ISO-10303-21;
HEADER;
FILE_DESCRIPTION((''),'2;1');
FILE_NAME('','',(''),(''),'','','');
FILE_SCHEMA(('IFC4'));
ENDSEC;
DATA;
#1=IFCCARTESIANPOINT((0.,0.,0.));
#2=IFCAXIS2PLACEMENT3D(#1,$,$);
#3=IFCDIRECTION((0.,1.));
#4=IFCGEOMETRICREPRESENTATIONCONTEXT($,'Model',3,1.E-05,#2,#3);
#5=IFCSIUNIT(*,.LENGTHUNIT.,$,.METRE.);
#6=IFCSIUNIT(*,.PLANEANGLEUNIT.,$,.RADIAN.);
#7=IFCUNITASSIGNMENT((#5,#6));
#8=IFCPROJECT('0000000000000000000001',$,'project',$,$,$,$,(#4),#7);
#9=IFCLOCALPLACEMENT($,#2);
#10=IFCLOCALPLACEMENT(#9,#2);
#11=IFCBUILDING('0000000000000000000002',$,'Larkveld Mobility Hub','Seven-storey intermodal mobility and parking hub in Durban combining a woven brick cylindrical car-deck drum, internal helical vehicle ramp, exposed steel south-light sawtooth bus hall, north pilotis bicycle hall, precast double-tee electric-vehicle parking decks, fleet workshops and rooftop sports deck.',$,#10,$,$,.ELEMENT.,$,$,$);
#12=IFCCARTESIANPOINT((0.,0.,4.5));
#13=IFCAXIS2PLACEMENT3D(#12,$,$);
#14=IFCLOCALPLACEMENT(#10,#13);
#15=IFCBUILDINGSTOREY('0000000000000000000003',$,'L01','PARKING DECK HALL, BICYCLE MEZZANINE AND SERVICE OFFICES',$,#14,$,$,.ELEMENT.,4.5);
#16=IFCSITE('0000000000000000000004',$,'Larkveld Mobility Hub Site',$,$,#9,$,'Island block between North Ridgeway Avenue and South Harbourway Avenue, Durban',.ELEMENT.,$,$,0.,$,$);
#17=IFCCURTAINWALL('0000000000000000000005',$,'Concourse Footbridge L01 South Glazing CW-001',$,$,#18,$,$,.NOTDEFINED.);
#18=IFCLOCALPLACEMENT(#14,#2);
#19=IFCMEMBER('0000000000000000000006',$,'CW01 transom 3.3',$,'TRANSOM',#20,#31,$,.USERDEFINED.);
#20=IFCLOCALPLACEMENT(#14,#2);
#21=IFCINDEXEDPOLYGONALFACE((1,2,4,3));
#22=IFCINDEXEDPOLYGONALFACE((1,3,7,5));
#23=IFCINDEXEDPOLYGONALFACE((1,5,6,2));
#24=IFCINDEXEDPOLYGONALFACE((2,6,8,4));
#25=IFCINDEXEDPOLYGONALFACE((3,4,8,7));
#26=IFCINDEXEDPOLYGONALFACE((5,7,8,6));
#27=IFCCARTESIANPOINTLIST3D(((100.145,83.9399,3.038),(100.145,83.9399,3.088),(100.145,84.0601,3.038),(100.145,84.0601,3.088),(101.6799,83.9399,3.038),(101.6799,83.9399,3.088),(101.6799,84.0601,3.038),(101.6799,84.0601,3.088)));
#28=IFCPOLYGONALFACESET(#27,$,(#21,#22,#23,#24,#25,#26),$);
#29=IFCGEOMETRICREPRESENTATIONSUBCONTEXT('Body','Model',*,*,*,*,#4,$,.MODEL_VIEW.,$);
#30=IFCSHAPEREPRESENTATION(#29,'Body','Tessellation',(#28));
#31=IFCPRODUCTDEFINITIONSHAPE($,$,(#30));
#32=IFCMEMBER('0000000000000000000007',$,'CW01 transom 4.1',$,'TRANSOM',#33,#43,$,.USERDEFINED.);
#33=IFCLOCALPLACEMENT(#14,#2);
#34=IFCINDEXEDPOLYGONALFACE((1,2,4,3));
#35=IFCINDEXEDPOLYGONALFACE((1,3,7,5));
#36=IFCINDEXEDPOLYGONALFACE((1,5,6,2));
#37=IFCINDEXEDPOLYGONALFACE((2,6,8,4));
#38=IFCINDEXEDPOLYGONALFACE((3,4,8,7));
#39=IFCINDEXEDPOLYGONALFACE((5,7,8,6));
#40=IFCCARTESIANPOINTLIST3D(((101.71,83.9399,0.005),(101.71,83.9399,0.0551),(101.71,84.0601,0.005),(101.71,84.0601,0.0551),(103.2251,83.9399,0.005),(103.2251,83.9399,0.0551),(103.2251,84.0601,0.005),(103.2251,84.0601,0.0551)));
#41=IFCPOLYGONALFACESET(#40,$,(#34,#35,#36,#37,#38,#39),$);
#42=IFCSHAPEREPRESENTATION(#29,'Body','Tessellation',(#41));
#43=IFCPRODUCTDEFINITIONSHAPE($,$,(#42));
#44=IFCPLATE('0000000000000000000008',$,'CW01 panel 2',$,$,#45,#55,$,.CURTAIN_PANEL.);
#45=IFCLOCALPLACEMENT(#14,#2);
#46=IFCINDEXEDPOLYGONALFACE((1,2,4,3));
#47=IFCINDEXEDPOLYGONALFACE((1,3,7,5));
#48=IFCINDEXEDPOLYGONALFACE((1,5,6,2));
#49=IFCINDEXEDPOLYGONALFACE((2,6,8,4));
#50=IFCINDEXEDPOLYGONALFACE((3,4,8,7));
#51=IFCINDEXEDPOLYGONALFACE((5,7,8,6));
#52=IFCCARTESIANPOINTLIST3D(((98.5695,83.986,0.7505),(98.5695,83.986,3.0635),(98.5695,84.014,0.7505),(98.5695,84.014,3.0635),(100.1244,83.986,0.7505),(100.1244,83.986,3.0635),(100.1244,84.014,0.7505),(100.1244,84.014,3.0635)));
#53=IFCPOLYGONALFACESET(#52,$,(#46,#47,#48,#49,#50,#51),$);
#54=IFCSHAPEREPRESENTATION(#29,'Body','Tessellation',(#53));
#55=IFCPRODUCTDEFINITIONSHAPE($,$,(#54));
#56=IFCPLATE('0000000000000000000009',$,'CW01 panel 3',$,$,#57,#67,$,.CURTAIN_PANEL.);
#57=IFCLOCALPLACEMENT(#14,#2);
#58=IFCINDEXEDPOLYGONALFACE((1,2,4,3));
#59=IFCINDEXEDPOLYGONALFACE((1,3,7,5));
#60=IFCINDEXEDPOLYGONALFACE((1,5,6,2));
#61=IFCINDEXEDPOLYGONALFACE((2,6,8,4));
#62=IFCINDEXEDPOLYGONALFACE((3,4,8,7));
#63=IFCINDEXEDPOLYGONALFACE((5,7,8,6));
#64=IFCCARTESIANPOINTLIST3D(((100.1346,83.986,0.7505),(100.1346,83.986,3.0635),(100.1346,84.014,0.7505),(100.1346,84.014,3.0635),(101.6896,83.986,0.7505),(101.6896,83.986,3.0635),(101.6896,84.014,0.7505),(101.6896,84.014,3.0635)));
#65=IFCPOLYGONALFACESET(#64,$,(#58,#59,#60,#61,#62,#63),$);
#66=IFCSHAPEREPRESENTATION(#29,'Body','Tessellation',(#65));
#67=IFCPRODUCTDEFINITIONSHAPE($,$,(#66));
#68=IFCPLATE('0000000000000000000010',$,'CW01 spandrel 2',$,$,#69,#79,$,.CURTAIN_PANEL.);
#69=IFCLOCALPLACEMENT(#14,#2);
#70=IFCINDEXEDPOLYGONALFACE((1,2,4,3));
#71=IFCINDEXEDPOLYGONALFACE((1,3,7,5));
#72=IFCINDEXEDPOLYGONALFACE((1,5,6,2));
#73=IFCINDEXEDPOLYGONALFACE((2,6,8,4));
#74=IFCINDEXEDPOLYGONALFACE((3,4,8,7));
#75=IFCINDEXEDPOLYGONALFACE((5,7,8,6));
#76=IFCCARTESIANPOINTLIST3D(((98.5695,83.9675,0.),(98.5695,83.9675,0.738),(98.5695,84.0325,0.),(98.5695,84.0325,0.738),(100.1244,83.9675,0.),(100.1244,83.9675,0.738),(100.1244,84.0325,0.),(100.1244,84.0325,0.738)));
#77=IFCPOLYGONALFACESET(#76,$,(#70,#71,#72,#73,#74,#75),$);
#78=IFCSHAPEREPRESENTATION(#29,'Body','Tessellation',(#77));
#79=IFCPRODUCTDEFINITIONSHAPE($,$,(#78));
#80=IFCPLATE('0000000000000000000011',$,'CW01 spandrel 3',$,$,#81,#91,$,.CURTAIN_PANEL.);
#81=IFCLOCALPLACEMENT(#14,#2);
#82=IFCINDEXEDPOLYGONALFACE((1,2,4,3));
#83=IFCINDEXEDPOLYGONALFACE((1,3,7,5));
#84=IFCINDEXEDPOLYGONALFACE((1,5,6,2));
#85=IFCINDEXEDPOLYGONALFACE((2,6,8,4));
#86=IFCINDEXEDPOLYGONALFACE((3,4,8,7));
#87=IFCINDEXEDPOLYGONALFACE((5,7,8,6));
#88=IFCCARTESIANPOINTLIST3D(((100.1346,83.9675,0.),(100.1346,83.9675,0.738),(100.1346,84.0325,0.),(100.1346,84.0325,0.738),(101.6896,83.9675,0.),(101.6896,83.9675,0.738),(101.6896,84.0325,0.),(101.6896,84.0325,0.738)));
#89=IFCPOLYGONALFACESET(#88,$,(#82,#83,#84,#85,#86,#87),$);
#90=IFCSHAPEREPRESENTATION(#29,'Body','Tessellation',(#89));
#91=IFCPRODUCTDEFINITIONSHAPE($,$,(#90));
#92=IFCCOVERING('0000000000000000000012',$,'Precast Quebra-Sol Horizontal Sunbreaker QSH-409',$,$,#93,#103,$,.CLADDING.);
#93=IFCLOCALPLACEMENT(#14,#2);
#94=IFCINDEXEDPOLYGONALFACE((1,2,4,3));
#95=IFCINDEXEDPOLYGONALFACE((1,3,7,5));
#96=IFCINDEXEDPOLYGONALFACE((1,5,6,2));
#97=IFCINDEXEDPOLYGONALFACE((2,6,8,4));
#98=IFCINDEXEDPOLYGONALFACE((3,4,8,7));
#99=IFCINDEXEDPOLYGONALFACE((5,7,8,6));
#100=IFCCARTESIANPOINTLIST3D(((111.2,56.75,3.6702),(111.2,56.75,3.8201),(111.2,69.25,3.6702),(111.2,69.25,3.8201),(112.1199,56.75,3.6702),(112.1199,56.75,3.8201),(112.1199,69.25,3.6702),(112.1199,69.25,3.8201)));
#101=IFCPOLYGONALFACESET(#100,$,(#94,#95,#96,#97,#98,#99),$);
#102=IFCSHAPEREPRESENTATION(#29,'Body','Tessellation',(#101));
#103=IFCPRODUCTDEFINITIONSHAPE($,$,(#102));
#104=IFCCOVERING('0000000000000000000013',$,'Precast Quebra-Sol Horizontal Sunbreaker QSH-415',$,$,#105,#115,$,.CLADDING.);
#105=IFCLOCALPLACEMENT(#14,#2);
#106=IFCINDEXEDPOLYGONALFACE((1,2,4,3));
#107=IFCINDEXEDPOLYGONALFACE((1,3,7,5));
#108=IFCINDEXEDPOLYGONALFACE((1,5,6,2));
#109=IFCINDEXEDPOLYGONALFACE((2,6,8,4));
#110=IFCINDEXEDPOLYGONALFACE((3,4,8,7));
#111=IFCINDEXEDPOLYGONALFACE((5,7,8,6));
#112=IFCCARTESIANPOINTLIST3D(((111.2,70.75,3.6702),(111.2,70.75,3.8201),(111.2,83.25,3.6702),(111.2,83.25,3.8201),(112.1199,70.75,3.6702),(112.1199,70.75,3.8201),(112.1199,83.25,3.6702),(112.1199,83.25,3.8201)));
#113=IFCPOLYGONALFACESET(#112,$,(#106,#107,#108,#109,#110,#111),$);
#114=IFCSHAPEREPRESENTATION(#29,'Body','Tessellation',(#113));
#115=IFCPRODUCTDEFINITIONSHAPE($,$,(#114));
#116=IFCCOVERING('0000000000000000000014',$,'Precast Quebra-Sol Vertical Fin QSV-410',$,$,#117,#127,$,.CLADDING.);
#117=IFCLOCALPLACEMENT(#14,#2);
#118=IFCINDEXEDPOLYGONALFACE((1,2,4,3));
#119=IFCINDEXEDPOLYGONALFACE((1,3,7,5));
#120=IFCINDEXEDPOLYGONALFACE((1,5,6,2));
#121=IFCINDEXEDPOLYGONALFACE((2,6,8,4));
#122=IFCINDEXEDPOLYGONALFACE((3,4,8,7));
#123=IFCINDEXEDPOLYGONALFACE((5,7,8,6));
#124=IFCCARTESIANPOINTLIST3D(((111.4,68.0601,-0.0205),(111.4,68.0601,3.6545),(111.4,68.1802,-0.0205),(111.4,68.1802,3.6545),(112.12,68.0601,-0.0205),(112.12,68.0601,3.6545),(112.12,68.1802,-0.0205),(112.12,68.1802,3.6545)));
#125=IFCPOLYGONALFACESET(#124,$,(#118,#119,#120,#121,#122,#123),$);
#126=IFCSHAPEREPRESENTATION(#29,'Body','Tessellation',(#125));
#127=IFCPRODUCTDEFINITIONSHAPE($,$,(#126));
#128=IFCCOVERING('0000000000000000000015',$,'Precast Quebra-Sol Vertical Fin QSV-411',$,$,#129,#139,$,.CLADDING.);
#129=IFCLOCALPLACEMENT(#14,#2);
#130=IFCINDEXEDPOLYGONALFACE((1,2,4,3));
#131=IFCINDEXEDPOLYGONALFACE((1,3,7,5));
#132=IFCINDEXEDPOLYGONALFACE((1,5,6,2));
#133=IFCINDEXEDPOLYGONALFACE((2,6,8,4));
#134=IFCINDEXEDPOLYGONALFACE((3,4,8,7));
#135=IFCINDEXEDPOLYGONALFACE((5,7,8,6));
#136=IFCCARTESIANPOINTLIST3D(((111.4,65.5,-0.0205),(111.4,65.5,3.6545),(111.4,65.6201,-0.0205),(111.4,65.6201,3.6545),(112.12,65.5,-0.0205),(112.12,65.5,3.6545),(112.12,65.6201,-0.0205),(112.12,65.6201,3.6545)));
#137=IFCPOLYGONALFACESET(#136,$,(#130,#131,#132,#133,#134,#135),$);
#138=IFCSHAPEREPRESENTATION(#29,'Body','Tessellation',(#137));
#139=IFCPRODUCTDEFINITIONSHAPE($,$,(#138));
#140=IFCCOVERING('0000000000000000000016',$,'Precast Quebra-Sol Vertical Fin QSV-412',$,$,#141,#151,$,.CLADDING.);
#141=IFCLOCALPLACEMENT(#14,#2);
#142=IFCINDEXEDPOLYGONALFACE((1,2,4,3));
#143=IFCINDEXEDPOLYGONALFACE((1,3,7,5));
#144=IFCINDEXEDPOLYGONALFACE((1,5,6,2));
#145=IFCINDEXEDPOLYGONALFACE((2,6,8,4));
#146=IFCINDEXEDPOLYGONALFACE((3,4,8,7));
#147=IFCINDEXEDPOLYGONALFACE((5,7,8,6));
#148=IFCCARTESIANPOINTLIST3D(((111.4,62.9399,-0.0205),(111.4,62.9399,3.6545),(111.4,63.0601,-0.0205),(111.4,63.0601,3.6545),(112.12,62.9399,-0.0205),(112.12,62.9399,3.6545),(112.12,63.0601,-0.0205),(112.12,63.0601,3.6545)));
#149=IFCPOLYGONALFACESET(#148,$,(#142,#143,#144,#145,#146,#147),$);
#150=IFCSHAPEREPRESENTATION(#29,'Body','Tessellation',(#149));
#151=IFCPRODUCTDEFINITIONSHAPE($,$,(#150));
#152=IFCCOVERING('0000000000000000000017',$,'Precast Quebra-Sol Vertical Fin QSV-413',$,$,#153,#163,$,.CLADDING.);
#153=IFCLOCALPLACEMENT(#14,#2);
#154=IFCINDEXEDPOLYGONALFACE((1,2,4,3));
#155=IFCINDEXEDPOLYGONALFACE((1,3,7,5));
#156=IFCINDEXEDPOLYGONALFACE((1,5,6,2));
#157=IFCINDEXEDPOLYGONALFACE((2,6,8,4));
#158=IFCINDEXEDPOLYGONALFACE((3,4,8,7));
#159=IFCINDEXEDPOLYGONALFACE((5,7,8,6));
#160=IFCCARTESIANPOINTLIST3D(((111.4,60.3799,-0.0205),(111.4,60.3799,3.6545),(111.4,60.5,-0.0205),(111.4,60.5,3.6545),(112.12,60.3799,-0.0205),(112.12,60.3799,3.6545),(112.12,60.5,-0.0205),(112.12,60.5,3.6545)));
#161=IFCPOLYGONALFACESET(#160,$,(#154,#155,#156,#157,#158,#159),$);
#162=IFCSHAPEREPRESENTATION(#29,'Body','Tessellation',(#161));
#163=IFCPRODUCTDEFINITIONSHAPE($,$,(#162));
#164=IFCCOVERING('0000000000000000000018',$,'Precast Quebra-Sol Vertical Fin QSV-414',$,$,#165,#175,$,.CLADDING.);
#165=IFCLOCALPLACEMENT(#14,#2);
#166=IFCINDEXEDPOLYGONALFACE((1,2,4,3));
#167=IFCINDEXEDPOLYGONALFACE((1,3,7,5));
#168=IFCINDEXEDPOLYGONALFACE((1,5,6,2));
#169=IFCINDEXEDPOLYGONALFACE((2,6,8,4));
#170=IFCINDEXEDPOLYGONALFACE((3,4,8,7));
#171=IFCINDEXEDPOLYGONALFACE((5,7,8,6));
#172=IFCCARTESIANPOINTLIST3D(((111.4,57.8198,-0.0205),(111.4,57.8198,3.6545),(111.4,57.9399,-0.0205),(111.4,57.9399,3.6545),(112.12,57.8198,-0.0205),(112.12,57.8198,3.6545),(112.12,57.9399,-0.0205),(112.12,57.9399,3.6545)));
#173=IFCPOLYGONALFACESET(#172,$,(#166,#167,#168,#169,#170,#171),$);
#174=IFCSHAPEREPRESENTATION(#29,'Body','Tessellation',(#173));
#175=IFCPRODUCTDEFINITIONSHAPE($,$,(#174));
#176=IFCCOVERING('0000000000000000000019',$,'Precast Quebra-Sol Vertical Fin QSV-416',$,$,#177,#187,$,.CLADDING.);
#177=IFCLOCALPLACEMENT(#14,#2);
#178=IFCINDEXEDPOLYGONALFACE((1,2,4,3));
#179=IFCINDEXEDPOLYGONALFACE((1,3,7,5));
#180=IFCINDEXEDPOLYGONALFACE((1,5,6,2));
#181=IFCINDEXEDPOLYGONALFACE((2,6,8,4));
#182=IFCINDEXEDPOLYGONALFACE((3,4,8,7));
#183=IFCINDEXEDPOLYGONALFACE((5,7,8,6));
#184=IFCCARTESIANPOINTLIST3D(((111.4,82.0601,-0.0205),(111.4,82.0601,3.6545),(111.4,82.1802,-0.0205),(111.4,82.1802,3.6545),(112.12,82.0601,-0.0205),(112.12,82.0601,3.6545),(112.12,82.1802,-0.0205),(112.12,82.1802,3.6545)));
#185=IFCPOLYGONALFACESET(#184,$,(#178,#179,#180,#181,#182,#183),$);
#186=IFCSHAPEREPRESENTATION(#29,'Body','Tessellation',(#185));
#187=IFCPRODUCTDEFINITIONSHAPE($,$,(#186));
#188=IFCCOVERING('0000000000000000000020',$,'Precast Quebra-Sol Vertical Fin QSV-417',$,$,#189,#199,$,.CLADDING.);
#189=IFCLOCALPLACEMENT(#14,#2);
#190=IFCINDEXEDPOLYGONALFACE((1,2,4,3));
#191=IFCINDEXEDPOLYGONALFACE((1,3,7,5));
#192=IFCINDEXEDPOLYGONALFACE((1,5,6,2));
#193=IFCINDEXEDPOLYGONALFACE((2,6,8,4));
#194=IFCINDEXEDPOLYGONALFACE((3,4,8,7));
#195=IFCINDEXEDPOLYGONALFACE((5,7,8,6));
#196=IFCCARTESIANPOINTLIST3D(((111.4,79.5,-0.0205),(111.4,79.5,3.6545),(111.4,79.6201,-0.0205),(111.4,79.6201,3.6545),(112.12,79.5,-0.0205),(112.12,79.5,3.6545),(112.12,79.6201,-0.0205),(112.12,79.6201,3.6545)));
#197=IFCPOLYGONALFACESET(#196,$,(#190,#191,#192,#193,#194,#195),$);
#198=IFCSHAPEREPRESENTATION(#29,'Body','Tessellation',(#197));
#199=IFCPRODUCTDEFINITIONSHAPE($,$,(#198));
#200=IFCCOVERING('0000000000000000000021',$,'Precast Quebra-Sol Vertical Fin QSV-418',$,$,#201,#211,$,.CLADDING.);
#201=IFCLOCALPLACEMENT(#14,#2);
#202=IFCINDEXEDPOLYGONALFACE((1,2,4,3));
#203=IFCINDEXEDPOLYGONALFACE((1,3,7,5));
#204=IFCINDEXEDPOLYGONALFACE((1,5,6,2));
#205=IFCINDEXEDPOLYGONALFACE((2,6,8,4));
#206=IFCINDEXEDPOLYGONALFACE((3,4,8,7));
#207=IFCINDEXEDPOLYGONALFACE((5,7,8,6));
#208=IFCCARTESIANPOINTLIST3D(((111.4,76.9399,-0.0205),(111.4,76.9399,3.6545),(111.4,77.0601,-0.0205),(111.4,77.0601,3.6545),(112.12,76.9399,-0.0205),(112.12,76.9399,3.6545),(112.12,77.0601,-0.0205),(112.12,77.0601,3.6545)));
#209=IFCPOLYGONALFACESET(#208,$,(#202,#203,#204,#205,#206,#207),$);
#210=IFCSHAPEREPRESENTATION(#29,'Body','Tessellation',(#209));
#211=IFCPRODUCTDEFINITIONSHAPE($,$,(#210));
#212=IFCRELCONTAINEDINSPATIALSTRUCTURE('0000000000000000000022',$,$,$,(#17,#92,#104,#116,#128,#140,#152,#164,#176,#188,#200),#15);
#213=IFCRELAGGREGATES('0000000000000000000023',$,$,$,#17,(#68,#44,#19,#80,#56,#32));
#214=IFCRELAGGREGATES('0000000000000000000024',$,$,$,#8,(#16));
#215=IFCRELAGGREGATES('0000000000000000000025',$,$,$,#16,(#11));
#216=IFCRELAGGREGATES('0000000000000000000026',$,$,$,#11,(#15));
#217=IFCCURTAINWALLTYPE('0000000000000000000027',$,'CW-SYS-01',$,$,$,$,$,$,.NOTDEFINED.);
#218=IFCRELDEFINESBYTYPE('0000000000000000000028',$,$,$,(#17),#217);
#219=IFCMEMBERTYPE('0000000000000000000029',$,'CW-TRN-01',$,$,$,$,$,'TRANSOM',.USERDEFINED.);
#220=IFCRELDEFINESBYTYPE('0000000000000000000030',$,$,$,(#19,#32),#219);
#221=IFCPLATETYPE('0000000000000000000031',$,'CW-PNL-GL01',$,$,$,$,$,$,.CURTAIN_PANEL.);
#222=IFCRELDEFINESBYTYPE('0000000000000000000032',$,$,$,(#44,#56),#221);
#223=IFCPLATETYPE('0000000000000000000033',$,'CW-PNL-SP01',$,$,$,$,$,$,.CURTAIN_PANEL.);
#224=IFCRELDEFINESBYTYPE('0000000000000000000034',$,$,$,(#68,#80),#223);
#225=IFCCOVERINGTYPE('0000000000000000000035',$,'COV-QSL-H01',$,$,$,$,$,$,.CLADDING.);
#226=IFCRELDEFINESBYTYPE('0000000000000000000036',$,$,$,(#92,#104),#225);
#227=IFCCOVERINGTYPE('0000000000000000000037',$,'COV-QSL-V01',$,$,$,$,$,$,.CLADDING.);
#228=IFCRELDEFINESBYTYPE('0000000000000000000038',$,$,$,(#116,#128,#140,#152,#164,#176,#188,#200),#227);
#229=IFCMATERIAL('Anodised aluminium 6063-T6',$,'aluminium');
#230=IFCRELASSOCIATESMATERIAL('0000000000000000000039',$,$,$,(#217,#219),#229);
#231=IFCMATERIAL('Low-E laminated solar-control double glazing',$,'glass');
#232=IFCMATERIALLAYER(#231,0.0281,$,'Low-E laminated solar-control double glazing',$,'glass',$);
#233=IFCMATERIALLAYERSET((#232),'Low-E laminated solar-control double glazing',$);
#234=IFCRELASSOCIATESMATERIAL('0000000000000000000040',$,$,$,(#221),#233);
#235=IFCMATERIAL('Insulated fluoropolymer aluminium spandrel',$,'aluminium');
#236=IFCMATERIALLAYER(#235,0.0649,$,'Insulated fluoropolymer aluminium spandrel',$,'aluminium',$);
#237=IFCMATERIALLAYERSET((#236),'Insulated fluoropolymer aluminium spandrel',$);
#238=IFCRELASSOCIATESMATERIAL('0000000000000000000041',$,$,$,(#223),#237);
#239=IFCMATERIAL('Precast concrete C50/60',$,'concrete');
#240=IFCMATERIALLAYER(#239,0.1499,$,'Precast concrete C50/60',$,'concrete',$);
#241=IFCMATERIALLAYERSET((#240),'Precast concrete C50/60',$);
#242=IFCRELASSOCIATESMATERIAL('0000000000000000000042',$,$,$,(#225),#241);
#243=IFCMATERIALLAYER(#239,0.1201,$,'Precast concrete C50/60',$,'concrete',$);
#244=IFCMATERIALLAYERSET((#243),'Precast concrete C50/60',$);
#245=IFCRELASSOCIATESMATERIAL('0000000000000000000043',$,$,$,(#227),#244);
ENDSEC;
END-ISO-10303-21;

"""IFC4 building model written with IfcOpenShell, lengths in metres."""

from ifc_helpers import new_model, si_unit, direction, frame, origin, origin_2d, place, context, subcontext, project, spatial, rectangle, extrude, material, layer, layer_set, material_profile, profile_set, type_object, element, aggregate, save


model = new_model("IFC4")

# Units and contexts
model_context = context("Model", 3, precision=1e-05, world=origin(), true_north=direction((0.0, 1.0)))
body_context = subcontext(model_context, "Body", "Model", "MODEL_VIEW")
ifc_project = project(units=[si_unit("LENGTHUNIT", "METRE"), si_unit("PLANEANGLEUNIT", "RADIAN")], contexts=[model_context])

# Site, building, storey
site_placement = place(None, origin())
site = spatial("IfcSite", under=ifc_project, at=site_placement, Name="Larkveld Mobility Hub Site", LongName="Island block between North Ridgeway Avenue and South Harbourway Avenue, Durban", CompositionType="ELEMENT", RefElevation=0.0)
building_placement = place(site_placement, origin())
building = spatial("IfcBuilding", under=site, at=building_placement, Name="Larkveld Mobility Hub", Description="Seven-storey intermodal mobility and parking hub in Durban combining a woven brick cylindrical car-deck drum, internal helical vehicle ramp, exposed steel south-light sawtooth bus hall, north pilotis bicycle hall, precast double-tee electric-vehicle parking decks, fleet workshops and rooftop sports deck.", CompositionType="ELEMENT")
storey_placement = place(building_placement, frame((0.0, 0.0, 4.5)))
storey = spatial("IfcBuildingStorey", under=building, at=storey_placement, Name="L01", Description="PARKING DECK HALL, BICYCLE MEZZANINE AND SERVICE OFFICES", CompositionType="ELEMENT", Elevation=4.5)

# Shared definitions
ifc_material_1 = material(Name="Precast concrete C50/60", Category="concrete")

# Curtain wall, members, plates
ifc_material_2 = material(Name="Anodised aluminium 6063-T6", Category="aluminium")
curtain_wall_type = type_object("IfcCurtainWallType", Name="CW-SYS-01", PredefinedType="NOTDEFINED", material=ifc_material_2)
curtain_wall_placement = place(storey_placement, origin())
curtain_wall = element("IfcCurtainWall", 1, at=curtain_wall_placement, inside=storey, type_object=curtain_wall_type, Name="Concourse Footbridge L01 South Glazing CW-001", PredefinedType="NOTDEFINED")
ifc_material_profile_1 = material_profile(ifc_material_2, rectangle(XDim=0.1201, YDim=0.05, at=origin_2d()), Name="ALU TRAN 50x120")
ifc_profile_set_1 = profile_set([ifc_material_profile_1], Name="Anodised aluminium 6063-T6")
member_type_1 = type_object("IfcMemberType", Name="CW-TRN-01", ElementType="TRANSOM", PredefinedType="USERDEFINED", material=ifc_profile_set_1)
member_1_placement = place(storey_placement, frame((100.145, 84.0, 3.063), z_axis=(1.0, 0.0, 0.0), x_axis=(0.0, 1.0, 0.0)))
member_1 = element("IfcMember", 2, at=member_1_placement, type_object=member_type_1, Name="CW01 transom 3.3", ObjectType="TRANSOM", PredefinedType="USERDEFINED", context=body_context, shape_type="SweptSolid", body=[
    extrude(rectangle(XDim=0.1201, YDim=0.05, at=origin_2d()), origin(), (0.0, 0.0, 1.0), 1.5349),
])
member_2_placement = place(storey_placement, frame((101.71, 84.0, 0.03), z_axis=(1.0, 0.0, 0.0), x_axis=(0.0, 1.0, 0.0)))
member_2 = element("IfcMember", 3, at=member_2_placement, type_object=member_type_1, Name="CW01 transom 4.1", ObjectType="TRANSOM", PredefinedType="USERDEFINED", context=body_context, shape_type="SweptSolid", body=[
    extrude(rectangle(XDim=0.1201, YDim=0.05, at=origin_2d()), origin(), (0.0, 0.0, 1.0), 1.5151),
])
ifc_material_3 = material(Name="Low-E laminated solar-control double glazing", Category="glass")
ifc_layer_1 = layer(ifc_material_3, 0.0281, Name="Low-E laminated solar-control double glazing", Category="glass")
ifc_layer_set_1 = layer_set([ifc_layer_1], Name="Low-E laminated solar-control double glazing")
plate_type_1 = type_object("IfcPlateType", Name="CW-PNL-GL01", PredefinedType="CURTAIN_PANEL", material=ifc_layer_set_1)
plate_1_placement = place(storey_placement, frame((99.3469, 84.0, 0.7505), z_axis=(0.0, 0.0, 1.0), x_axis=(1.0, 0.0, 0.0)))
plate_1 = element("IfcPlate", 4, at=plate_1_placement, type_object=plate_type_1, Name="CW01 panel 2", PredefinedType="CURTAIN_PANEL", context=body_context, shape_type="SweptSolid", body=[
    extrude(rectangle(XDim=1.5549, YDim=0.0281, at=origin_2d()), origin(), (0.0, 0.0, 1.0), 2.313),
])
plate_2_placement = place(storey_placement, frame((100.9121, 84.0, 0.7505), z_axis=(0.0, 0.0, 1.0), x_axis=(1.0, 0.0, 0.0)))
plate_2 = element("IfcPlate", 5, at=plate_2_placement, type_object=plate_type_1, Name="CW01 panel 3", PredefinedType="CURTAIN_PANEL", context=body_context, shape_type="SweptSolid", body=[
    extrude(rectangle(XDim=1.5549, YDim=0.0281, at=origin_2d()), origin(), (0.0, 0.0, 1.0), 2.313),
])
ifc_material_4 = material(Name="Insulated fluoropolymer aluminium spandrel", Category="aluminium")
ifc_layer_2 = layer(ifc_material_4, 0.0649, Name="Insulated fluoropolymer aluminium spandrel", Category="aluminium")
ifc_layer_set_2 = layer_set([ifc_layer_2], Name="Insulated fluoropolymer aluminium spandrel")
plate_type_2 = type_object("IfcPlateType", Name="CW-PNL-SP01", PredefinedType="CURTAIN_PANEL", material=ifc_layer_set_2)
plate_3_placement = place(storey_placement, frame((99.3469, 84.0, 0.0), z_axis=(0.0, 0.0, 1.0), x_axis=(1.0, 0.0, 0.0)))
plate_3 = element("IfcPlate", 6, at=plate_3_placement, type_object=plate_type_2, Name="CW01 spandrel 2", PredefinedType="CURTAIN_PANEL", context=body_context, shape_type="SweptSolid", body=[
    extrude(rectangle(XDim=1.5549, YDim=0.0649, at=origin_2d()), origin(), (0.0, 0.0, 1.0), 0.738),
])
plate_4_placement = place(storey_placement, frame((100.9121, 84.0, 0.0), z_axis=(0.0, 0.0, 1.0), x_axis=(1.0, 0.0, 0.0)))
plate_4 = element("IfcPlate", 7, at=plate_4_placement, type_object=plate_type_2, Name="CW01 spandrel 3", PredefinedType="CURTAIN_PANEL", context=body_context, shape_type="SweptSolid", body=[
    extrude(rectangle(XDim=1.5549, YDim=0.0649, at=origin_2d()), origin(), (0.0, 0.0, 1.0), 0.738),
])
aggregate(curtain_wall, [plate_3, plate_1, member_1, plate_4, plate_2, member_2])

# Coverings
ifc_layer_3 = layer(ifc_material_1, 0.1499, Name="Precast concrete C50/60", Category="concrete")
ifc_layer_set_3 = layer_set([ifc_layer_3], Name="Precast concrete C50/60")
covering_type_1 = type_object("IfcCoveringType", Name="COV-QSL-H01", PredefinedType="CLADDING", material=ifc_layer_set_3)
for number, where, z_axis, x_axis, name in (
    (8, (111.6599, 63.0, 3.6702), (0.0, 0.0, 1.0), (0.0, -1.0, 0.0), "Precast Quebra-Sol Horizontal Sunbreaker QSH-409"),
    (9, (111.6599, 77.0, 3.6702), (0.0, 0.0, 1.0), (0.0, -1.0, 0.0), "Precast Quebra-Sol Horizontal Sunbreaker QSH-415"),
):
    element("IfcCovering", number, at=place(storey_placement, frame(where, z_axis=z_axis, x_axis=x_axis)), inside=storey, type_object=covering_type_1, Name=name, PredefinedType="CLADDING", context=body_context, shape_type="SweptSolid", body=[
        extrude(rectangle(XDim=12.5, YDim=0.9199, at=origin_2d()), origin(), (0.0, 0.0, 1.0), 0.1499),
    ])
ifc_layer_4 = layer(ifc_material_1, 0.1201, Name="Precast concrete C50/60", Category="concrete")
ifc_layer_set_4 = layer_set([ifc_layer_4], Name="Precast concrete C50/60")
covering_type_2 = type_object("IfcCoveringType", Name="COV-QSL-V01", PredefinedType="CLADDING", material=ifc_layer_set_4)
for number, where, z_axis, x_axis, name in (
    (10, (111.76, 68.1201, -0.0205), (0.0, 0.0, 1.0), (0.0, -1.0, 0.0), "Precast Quebra-Sol Vertical Fin QSV-410"),
    (11, (111.76, 65.5601, -0.0205), (0.0, 0.0, 1.0), (0.0, -1.0, 0.0), "Precast Quebra-Sol Vertical Fin QSV-411"),
    (12, (111.76, 63.0, -0.0205), (0.0, 0.0, 1.0), (0.0, -1.0, 0.0), "Precast Quebra-Sol Vertical Fin QSV-412"),
    (13, (111.76, 60.4399, -0.0205), (0.0, 0.0, 1.0), (0.0, -1.0, 0.0), "Precast Quebra-Sol Vertical Fin QSV-413"),
    (14, (111.76, 57.8799, -0.0205), (0.0, 0.0, 1.0), (0.0, -1.0, 0.0), "Precast Quebra-Sol Vertical Fin QSV-414"),
    (15, (111.76, 82.1201, -0.0205), (0.0, 0.0, 1.0), (0.0, -1.0, 0.0), "Precast Quebra-Sol Vertical Fin QSV-416"),
    (16, (111.76, 79.5601, -0.0205), (0.0, 0.0, 1.0), (0.0, -1.0, 0.0), "Precast Quebra-Sol Vertical Fin QSV-417"),
    (17, (111.76, 77.0, -0.0205), (0.0, 0.0, 1.0), (0.0, -1.0, 0.0), "Precast Quebra-Sol Vertical Fin QSV-418"),
):
    element("IfcCovering", number, at=place(storey_placement, frame(where, z_axis=z_axis, x_axis=x_axis)), inside=storey, type_object=covering_type_2, Name=name, PredefinedType="CLADDING", context=body_context, shape_type="SweptSolid", body=[
        extrude(rectangle(XDim=0.1201, YDim=0.72, at=origin_2d()), origin(), (0.0, 0.0, 1.0), 3.675),
    ])

save(model, "model.ifc")
